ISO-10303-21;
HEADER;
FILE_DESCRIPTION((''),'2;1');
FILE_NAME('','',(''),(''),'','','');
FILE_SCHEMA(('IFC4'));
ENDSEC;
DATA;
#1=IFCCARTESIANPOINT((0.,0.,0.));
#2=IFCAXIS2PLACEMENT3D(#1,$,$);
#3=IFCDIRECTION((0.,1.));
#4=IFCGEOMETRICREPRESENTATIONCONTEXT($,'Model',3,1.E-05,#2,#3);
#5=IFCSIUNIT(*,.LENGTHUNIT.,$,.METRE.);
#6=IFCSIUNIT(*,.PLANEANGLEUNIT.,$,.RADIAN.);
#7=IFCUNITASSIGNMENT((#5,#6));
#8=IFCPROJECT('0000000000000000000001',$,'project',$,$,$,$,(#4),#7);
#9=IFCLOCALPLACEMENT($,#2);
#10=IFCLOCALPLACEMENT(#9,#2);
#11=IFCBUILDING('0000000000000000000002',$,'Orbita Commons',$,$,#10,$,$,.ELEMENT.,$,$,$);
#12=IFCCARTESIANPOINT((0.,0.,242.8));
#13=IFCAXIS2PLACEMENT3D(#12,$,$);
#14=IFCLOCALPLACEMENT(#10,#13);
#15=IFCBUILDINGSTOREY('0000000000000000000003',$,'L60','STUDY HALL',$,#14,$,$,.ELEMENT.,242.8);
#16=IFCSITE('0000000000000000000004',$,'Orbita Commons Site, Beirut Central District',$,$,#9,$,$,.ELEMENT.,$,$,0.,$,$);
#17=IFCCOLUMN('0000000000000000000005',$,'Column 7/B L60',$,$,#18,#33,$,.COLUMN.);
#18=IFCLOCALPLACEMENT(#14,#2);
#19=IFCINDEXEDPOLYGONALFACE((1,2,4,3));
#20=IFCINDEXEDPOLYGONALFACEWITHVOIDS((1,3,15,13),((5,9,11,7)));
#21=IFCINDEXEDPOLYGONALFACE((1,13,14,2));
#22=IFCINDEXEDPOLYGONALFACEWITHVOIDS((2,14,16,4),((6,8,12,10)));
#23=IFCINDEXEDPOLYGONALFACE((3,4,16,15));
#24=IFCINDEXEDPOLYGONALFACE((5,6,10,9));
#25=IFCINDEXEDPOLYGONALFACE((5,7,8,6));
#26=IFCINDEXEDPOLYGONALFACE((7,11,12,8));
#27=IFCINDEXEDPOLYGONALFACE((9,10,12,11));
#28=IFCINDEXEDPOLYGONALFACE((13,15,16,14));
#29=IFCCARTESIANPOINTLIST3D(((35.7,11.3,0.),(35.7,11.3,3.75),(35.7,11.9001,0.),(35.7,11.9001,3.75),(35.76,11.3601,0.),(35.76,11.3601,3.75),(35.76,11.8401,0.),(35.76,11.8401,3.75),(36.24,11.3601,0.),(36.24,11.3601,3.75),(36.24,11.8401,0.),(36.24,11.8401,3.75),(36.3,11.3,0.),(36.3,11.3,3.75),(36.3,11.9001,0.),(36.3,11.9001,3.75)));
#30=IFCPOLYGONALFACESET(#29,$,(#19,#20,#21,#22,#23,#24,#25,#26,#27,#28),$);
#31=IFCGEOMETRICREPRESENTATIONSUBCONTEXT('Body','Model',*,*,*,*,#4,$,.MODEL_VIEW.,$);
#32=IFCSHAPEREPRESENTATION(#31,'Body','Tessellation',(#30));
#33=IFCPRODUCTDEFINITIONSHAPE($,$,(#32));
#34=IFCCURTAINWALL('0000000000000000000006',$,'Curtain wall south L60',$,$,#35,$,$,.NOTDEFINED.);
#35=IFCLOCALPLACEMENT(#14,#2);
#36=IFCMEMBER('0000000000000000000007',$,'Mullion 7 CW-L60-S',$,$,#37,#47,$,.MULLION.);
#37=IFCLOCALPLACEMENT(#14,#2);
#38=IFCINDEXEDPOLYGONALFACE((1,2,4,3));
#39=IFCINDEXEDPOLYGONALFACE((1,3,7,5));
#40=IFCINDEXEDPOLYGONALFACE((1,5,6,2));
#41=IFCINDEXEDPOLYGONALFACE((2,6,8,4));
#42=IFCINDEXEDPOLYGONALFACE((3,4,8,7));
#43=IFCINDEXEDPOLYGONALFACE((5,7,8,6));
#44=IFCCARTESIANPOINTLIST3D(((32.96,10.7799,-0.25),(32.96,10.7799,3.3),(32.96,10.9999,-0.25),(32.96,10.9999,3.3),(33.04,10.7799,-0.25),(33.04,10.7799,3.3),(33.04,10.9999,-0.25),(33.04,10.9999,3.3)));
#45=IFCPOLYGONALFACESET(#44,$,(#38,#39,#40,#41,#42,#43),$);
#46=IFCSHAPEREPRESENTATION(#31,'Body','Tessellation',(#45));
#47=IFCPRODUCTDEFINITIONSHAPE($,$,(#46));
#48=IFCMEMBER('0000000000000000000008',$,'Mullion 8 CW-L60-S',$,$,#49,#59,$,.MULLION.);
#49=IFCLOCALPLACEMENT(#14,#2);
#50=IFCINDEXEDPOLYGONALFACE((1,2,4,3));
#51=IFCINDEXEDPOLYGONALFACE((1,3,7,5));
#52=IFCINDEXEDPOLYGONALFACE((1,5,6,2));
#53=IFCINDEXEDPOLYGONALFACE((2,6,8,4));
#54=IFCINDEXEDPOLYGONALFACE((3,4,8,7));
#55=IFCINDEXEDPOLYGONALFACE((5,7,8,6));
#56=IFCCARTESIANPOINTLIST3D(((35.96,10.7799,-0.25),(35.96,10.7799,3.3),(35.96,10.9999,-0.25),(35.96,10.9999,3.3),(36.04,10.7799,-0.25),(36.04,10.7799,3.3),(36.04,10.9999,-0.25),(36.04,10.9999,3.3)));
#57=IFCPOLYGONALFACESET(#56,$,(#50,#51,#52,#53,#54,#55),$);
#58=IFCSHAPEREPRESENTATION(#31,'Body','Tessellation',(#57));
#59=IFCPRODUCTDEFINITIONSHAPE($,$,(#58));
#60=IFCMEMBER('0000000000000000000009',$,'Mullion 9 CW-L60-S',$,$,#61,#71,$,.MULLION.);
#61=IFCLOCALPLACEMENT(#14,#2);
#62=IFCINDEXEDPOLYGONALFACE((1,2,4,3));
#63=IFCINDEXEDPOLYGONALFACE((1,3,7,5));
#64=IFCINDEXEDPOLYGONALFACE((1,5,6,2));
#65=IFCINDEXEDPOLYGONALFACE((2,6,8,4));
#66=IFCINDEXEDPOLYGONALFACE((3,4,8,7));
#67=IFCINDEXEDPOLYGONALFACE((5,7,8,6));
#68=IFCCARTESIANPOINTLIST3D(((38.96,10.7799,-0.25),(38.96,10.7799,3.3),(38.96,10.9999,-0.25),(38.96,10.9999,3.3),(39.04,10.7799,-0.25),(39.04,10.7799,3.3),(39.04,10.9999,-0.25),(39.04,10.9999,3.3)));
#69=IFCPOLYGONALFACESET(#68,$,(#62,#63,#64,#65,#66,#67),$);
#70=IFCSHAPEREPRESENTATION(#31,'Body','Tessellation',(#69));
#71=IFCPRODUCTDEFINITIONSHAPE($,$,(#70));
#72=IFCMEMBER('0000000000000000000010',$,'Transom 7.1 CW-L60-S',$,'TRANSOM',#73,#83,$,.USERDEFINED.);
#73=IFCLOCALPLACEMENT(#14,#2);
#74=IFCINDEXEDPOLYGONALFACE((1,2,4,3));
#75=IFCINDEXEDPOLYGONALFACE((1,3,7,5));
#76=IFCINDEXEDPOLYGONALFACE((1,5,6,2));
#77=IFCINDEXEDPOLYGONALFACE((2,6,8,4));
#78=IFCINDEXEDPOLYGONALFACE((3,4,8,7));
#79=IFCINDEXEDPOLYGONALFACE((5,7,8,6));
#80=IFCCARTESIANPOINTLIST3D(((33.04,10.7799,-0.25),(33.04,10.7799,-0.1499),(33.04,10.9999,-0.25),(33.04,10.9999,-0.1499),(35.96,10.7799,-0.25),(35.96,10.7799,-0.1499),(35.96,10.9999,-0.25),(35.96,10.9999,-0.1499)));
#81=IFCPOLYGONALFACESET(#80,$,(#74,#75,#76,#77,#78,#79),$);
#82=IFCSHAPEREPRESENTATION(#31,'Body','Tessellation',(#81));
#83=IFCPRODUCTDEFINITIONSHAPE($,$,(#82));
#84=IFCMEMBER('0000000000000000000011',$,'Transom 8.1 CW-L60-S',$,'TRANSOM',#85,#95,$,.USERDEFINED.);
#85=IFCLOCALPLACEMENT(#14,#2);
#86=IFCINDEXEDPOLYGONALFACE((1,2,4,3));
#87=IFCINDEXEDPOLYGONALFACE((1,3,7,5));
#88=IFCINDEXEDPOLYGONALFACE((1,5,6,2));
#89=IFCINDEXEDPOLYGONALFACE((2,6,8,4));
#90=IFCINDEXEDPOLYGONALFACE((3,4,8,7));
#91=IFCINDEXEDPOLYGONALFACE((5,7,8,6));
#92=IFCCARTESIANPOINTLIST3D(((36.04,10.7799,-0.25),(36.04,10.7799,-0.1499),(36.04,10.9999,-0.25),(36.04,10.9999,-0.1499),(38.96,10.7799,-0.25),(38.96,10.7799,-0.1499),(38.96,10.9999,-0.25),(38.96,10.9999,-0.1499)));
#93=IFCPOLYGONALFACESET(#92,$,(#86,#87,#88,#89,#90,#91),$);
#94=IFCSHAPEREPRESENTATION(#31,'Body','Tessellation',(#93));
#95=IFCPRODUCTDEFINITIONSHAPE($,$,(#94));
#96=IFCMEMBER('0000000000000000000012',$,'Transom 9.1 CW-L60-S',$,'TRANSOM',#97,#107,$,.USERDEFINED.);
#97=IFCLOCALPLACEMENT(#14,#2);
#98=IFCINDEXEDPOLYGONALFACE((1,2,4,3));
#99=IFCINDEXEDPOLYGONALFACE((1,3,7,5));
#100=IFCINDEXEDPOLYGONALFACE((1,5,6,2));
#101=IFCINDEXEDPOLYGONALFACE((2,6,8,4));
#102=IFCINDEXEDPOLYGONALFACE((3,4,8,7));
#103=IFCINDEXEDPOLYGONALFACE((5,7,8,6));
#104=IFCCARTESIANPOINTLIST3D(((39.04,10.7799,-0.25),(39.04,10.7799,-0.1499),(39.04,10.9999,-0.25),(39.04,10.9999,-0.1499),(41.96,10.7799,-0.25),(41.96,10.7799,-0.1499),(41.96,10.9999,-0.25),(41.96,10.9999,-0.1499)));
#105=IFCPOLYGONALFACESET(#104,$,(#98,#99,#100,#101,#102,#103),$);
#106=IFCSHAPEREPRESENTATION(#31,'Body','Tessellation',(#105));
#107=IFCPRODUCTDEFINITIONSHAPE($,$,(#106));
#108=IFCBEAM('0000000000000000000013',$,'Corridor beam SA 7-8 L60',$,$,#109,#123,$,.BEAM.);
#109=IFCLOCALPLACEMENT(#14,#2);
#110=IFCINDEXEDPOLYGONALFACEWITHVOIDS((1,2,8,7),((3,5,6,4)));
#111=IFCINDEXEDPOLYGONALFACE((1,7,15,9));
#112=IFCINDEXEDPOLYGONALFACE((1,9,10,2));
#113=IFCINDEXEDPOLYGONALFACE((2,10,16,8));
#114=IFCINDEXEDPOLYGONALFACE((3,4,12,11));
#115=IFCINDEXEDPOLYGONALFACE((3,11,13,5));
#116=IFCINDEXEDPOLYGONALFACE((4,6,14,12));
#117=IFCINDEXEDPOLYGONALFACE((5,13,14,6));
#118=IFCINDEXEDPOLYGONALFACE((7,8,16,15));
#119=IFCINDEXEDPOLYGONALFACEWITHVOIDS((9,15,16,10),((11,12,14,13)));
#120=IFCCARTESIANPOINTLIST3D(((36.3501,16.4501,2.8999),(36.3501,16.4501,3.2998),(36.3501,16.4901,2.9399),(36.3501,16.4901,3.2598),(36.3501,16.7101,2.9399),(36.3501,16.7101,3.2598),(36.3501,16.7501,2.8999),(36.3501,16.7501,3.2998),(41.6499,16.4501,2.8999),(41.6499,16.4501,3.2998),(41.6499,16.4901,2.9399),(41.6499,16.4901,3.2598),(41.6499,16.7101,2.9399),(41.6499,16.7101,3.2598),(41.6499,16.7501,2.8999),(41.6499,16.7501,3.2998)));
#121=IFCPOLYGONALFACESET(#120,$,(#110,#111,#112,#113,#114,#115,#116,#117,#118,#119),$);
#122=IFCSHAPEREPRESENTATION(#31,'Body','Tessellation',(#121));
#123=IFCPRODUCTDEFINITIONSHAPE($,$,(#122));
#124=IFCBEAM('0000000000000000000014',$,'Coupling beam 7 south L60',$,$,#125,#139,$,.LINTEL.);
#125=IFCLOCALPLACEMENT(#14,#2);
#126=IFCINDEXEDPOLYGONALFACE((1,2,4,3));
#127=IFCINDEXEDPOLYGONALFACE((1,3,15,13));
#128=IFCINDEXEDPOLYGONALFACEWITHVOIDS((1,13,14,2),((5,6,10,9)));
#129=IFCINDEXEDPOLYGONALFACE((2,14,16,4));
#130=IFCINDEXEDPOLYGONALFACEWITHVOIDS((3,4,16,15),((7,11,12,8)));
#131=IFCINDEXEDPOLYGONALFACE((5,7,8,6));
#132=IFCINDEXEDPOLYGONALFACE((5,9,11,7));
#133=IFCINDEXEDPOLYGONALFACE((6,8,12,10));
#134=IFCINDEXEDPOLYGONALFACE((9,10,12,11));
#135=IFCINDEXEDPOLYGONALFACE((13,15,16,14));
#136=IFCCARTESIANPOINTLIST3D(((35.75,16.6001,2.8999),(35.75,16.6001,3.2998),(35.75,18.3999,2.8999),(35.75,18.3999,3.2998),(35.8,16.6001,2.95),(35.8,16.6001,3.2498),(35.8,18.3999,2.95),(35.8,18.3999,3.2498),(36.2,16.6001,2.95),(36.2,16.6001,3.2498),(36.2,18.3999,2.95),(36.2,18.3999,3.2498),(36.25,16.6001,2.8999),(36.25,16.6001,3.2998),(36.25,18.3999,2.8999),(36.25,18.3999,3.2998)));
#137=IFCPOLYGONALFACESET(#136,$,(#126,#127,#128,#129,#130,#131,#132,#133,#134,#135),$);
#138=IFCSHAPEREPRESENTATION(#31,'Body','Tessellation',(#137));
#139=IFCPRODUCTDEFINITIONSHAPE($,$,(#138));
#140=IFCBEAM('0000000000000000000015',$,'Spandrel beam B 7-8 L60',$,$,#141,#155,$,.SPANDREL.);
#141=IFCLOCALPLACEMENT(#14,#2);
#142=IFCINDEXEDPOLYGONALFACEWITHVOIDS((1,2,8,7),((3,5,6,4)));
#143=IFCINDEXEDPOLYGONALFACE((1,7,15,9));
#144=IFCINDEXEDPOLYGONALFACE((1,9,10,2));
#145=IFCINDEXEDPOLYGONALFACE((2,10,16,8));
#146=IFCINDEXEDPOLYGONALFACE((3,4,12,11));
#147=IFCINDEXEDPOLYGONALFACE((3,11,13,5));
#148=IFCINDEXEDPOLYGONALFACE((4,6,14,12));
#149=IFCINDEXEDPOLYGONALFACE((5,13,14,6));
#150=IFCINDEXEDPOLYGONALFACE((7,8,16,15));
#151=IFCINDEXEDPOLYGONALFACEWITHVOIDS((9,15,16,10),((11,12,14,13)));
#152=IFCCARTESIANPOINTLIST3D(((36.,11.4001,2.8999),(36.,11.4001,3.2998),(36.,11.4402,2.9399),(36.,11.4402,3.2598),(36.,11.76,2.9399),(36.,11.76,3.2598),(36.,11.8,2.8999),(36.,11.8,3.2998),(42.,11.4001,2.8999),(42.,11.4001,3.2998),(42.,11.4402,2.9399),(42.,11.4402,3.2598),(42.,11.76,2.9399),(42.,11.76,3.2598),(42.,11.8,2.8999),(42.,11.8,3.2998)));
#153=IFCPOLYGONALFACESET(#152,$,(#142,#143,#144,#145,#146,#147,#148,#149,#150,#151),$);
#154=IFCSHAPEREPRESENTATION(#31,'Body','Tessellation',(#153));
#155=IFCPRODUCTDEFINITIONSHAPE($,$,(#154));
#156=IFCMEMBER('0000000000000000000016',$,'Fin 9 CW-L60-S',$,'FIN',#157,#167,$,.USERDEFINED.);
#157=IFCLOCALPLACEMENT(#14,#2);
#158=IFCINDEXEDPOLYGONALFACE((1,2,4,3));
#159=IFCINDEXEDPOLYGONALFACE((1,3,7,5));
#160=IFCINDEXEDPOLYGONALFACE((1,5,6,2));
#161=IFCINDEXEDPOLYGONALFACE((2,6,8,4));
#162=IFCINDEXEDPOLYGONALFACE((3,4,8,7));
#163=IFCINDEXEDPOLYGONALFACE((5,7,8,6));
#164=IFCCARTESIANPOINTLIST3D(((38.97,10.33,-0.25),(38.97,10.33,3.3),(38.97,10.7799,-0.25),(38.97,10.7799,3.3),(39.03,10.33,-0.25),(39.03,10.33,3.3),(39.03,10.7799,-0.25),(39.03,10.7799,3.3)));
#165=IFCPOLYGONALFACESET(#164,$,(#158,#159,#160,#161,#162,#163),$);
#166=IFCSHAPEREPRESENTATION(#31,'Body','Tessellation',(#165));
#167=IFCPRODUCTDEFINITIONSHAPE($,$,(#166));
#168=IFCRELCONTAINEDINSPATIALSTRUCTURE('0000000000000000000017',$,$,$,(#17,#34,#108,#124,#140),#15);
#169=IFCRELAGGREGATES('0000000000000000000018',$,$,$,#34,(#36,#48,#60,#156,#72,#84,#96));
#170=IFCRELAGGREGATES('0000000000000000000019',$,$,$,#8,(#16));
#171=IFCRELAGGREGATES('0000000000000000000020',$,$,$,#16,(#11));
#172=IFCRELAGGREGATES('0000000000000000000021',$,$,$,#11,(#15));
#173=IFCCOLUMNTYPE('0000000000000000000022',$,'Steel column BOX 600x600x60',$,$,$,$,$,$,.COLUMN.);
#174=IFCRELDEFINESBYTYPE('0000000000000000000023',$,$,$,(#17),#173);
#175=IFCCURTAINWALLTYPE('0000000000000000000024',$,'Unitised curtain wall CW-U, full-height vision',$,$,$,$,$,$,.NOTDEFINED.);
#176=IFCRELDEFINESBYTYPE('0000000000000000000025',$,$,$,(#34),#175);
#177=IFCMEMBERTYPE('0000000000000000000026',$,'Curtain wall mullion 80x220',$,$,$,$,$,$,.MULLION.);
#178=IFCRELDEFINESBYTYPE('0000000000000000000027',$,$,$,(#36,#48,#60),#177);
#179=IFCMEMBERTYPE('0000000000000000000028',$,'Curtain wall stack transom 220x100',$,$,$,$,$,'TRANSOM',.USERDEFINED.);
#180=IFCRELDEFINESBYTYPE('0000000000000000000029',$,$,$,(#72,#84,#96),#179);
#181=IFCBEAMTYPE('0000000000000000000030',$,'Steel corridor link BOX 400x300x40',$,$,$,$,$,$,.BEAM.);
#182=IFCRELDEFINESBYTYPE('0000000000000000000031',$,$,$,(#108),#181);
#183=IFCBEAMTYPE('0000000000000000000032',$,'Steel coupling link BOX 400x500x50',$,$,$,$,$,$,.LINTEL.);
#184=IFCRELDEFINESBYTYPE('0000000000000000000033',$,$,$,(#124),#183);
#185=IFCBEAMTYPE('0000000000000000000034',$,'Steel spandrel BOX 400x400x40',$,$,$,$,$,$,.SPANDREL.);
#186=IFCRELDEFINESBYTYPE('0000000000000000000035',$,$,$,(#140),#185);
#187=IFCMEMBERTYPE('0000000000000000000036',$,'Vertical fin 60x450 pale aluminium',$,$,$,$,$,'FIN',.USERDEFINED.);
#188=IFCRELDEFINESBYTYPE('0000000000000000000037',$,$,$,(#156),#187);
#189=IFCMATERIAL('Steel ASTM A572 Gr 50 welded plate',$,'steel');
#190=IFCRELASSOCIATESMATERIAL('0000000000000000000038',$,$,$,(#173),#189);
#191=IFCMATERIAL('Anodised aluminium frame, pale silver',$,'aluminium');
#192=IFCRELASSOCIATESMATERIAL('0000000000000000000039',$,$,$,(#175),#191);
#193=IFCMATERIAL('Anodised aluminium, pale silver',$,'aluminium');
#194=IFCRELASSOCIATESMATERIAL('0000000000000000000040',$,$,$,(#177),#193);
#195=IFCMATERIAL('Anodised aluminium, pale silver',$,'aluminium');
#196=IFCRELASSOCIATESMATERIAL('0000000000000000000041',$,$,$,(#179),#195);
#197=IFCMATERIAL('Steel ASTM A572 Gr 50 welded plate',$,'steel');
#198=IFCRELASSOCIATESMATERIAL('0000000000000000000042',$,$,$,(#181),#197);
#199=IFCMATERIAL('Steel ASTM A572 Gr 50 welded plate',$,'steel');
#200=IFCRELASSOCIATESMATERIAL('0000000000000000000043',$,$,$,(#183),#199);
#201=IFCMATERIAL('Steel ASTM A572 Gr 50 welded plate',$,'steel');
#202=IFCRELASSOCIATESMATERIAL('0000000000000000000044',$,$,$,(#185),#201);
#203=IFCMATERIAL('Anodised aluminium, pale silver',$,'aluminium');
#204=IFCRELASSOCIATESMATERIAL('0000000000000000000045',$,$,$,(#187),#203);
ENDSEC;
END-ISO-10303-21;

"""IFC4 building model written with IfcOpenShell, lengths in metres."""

from ifc_helpers import new_model, si_unit, direction, frame, origin, origin_2d, place, context, subcontext, project, spatial, rectangle, hollow_rectangle, extrude, material, material_profile, profile_set, type_object, element, aggregate, save


model = new_model("IFC4")

# Units and contexts
model_context = context("Model", 3, precision=1e-05, world=origin(), true_north=direction((0.0, 1.0)))
body_context = subcontext(model_context, "Body", "Model", "MODEL_VIEW")
ifc_project = project(units=[si_unit("LENGTHUNIT", "METRE"), si_unit("PLANEANGLEUNIT", "RADIAN")], contexts=[model_context])

# Site, building, storey
site_placement = place(None, origin())
site = spatial("IfcSite", under=ifc_project, at=site_placement, Name="Orbita Commons Site, Beirut Central District", CompositionType="ELEMENT", RefElevation=0.0)
building_placement = place(site_placement, origin())
building = spatial("IfcBuilding", under=site, at=building_placement, Name="Orbita Commons", CompositionType="ELEMENT")
storey_placement = place(building_placement, frame((0.0, 0.0, 242.8)))
storey = spatial("IfcBuildingStorey", under=building, at=storey_placement, Name="L60", Description="STUDY HALL", CompositionType="ELEMENT", Elevation=242.8)

# Column
ifc_material_1 = material(Name="Steel ASTM A572 Gr 50 welded plate", Category="steel")
ifc_material_profile_1 = material_profile(ifc_material_1, hollow_rectangle(XDim=0.6001, YDim=0.6001, WallThickness=0.0601, at=origin_2d()), Name="BOX 600x600x60")
ifc_profile_set_1 = profile_set([ifc_material_profile_1], Name="Steel ASTM A572 Gr 50 welded plate")
column_type = type_object("IfcColumnType", Name="Steel column BOX 600x600x60", PredefinedType="COLUMN", material=ifc_profile_set_1)
column_placement = place(storey_placement, frame((36.0, 11.6001, 0.0), z_axis=(0.0, 0.0, 1.0), x_axis=(1.0, 0.0, 0.0)))
element("IfcColumn", 1, at=column_placement, inside=storey, type_object=column_type, Name="Column 7/B L60", PredefinedType="COLUMN", context=body_context, shape_type="SweptSolid", body=[
    extrude(hollow_rectangle(XDim=0.6001, YDim=0.6001, WallThickness=0.0601, at=origin_2d()), origin(), (0.0, 0.0, 1.0), 3.75),
])

# Curtain wall, members
ifc_material_2 = material(Name="Anodised aluminium frame, pale silver", Category="aluminium")
curtain_wall_type = type_object("IfcCurtainWallType", Name="Unitised curtain wall CW-U, full-height vision", PredefinedType="NOTDEFINED", material=ifc_material_2)
curtain_wall_placement = place(storey_placement, origin())
curtain_wall = element("IfcCurtainWall", 2, at=curtain_wall_placement, inside=storey, type_object=curtain_wall_type, Name="Curtain wall south L60", PredefinedType="NOTDEFINED")
ifc_material_3 = material(Name="Anodised aluminium, pale silver", Category="aluminium")
ifc_material_profile_2 = material_profile(ifc_material_3, rectangle(XDim=0.0801, YDim=0.22, at=origin_2d()), Name="AL 80x220")
ifc_profile_set_2 = profile_set([ifc_material_profile_2], Name="Anodised aluminium, pale silver")
member_type_1 = type_object("IfcMemberType", Name="Curtain wall mullion 80x220", PredefinedType="MULLION", material=ifc_profile_set_2)
member_1_placement = place(storey_placement, frame((33.0, 10.8899, -0.25), z_axis=(0.0, 0.0, 1.0), x_axis=(1.0, 0.0, 0.0)))
member_1 = element("IfcMember", 3, at=member_1_placement, type_object=member_type_1, Name="Mullion 7 CW-L60-S", PredefinedType="MULLION", context=body_context, shape_type="SweptSolid", body=[
    extrude(rectangle(XDim=0.0801, YDim=0.22, at=origin_2d()), origin(), (0.0, 0.0, 1.0), 3.55),
])
member_2_placement = place(storey_placement, frame((36.0, 10.8899, -0.25), z_axis=(0.0, 0.0, 1.0), x_axis=(1.0, 0.0, 0.0)))
member_2 = element("IfcMember", 4, at=member_2_placement, type_object=member_type_1, Name="Mullion 8 CW-L60-S", PredefinedType="MULLION", context=body_context, shape_type="SweptSolid", body=[
    extrude(rectangle(XDim=0.0801, YDim=0.22, at=origin_2d()), origin(), (0.0, 0.0, 1.0), 3.55),
])
member_3_placement = place(storey_placement, frame((39.0, 10.8899, -0.25), z_axis=(0.0, 0.0, 1.0), x_axis=(1.0, 0.0, 0.0)))
member_3 = element("IfcMember", 5, at=member_3_placement, type_object=member_type_1, Name="Mullion 9 CW-L60-S", PredefinedType="MULLION", context=body_context, shape_type="SweptSolid", body=[
    extrude(rectangle(XDim=0.0801, YDim=0.22, at=origin_2d()), origin(), (0.0, 0.0, 1.0), 3.55),
])
ifc_material_4 = material(Name="Anodised aluminium, pale silver", Category="aluminium")
ifc_material_profile_3 = material_profile(ifc_material_4, rectangle(XDim=0.22, YDim=0.1001, at=origin_2d()), Name="AL 220x100")
ifc_profile_set_3 = profile_set([ifc_material_profile_3], Name="Anodised aluminium, pale silver")
member_type_2 = type_object("IfcMemberType", Name="Curtain wall stack transom 220x100", ElementType="TRANSOM", PredefinedType="USERDEFINED", material=ifc_profile_set_3)
member_4_placement = place(storey_placement, frame((33.04, 10.8899, -0.2), z_axis=(1.0, 0.0, 0.0), x_axis=(0.0, 1.0, 0.0)))
member_4 = element("IfcMember", 6, at=member_4_placement, type_object=member_type_2, Name="Transom 7.1 CW-L60-S", ObjectType="TRANSOM", PredefinedType="USERDEFINED", context=body_context, shape_type="SweptSolid", body=[
    extrude(rectangle(XDim=0.22, YDim=0.1001, at=origin_2d()), origin(), (0.0, 0.0, 1.0), 2.9199),
])
member_5_placement = place(storey_placement, frame((36.04, 10.8899, -0.2), z_axis=(1.0, 0.0, 0.0), x_axis=(0.0, 1.0, 0.0)))
member_5 = element("IfcMember", 7, at=member_5_placement, type_object=member_type_2, Name="Transom 8.1 CW-L60-S", ObjectType="TRANSOM", PredefinedType="USERDEFINED", context=body_context, shape_type="SweptSolid", body=[
    extrude(rectangle(XDim=0.22, YDim=0.1001, at=origin_2d()), origin(), (0.0, 0.0, 1.0), 2.9199),
])
member_6_placement = place(storey_placement, frame((39.04, 10.8899, -0.2), z_axis=(1.0, 0.0, 0.0), x_axis=(0.0, 1.0, 0.0)))
member_6 = element("IfcMember", 8, at=member_6_placement, type_object=member_type_2, Name="Transom 9.1 CW-L60-S", ObjectType="TRANSOM", PredefinedType="USERDEFINED", context=body_context, shape_type="SweptSolid", body=[
    extrude(rectangle(XDim=0.22, YDim=0.1001, at=origin_2d()), origin(), (0.0, 0.0, 1.0), 2.9199),
])

# Beams
ifc_material_5 = material(Name="Steel ASTM A572 Gr 50 welded plate", Category="steel")
ifc_material_profile_4 = material_profile(ifc_material_5, hollow_rectangle(XDim=0.3, YDim=0.3999, WallThickness=0.04, at=origin_2d()), Name="BOX 400x300x40")
ifc_profile_set_4 = profile_set([ifc_material_profile_4], Name="Steel ASTM A572 Gr 50 welded plate")
beam_type_1 = type_object("IfcBeamType", Name="Steel corridor link BOX 400x300x40", PredefinedType="BEAM", material=ifc_profile_set_4)
beam_1_placement = place(storey_placement, frame((36.3501, 16.6001, 3.0999), z_axis=(1.0, 0.0, 0.0), x_axis=(0.0, 1.0, 0.0)))
element("IfcBeam", 9, at=beam_1_placement, inside=storey, type_object=beam_type_1, Name="Corridor beam SA 7-8 L60", PredefinedType="BEAM", context=body_context, shape_type="SweptSolid", body=[
    extrude(hollow_rectangle(XDim=0.3, YDim=0.3999, WallThickness=0.04, at=origin_2d()), origin(), (0.0, 0.0, 1.0), 5.2998),
])
ifc_material_6 = material(Name="Steel ASTM A572 Gr 50 welded plate", Category="steel")
ifc_material_profile_5 = material_profile(ifc_material_6, hollow_rectangle(XDim=0.5, YDim=0.3999, WallThickness=0.05, at=origin_2d()), Name="BOX 400x500x50")
ifc_profile_set_5 = profile_set([ifc_material_profile_5], Name="Steel ASTM A572 Gr 50 welded plate")
beam_type_2 = type_object("IfcBeamType", Name="Steel coupling link BOX 400x500x50", PredefinedType="LINTEL", material=ifc_profile_set_5)
beam_2_placement = place(storey_placement, frame((36.0, 16.6001, 3.0999), z_axis=(0.0, 1.0, 0.0), x_axis=(-1.0, 0.0, 0.0)))
element("IfcBeam", 10, at=beam_2_placement, inside=storey, type_object=beam_type_2, Name="Coupling beam 7 south L60", PredefinedType="LINTEL", context=body_context, shape_type="SweptSolid", body=[
    extrude(hollow_rectangle(XDim=0.5, YDim=0.3999, WallThickness=0.05, at=origin_2d()), origin(), (0.0, 0.0, 1.0), 1.7998),
])
ifc_material_7 = material(Name="Steel ASTM A572 Gr 50 welded plate", Category="steel")
ifc_material_profile_6 = material_profile(ifc_material_7, hollow_rectangle(XDim=0.3999, YDim=0.3999, WallThickness=0.04, at=origin_2d()), Name="BOX 400x400x40")
ifc_profile_set_6 = profile_set([ifc_material_profile_6], Name="Steel ASTM A572 Gr 50 welded plate")
beam_type_3 = type_object("IfcBeamType", Name="Steel spandrel BOX 400x400x40", PredefinedType="SPANDREL", material=ifc_profile_set_6)
beam_3_placement = place(storey_placement, frame((36.0, 11.6001, 3.0999), z_axis=(1.0, 0.0, 0.0), x_axis=(0.0, 1.0, 0.0)))
element("IfcBeam", 11, at=beam_3_placement, inside=storey, type_object=beam_type_3, Name="Spandrel beam B 7-8 L60", PredefinedType="SPANDREL", context=body_context, shape_type="SweptSolid", body=[
    extrude(hollow_rectangle(XDim=0.3999, YDim=0.3999, WallThickness=0.04, at=origin_2d()), origin(), (0.0, 0.0, 1.0), 6.0),
])

# Member
ifc_material_8 = material(Name="Anodised aluminium, pale silver", Category="aluminium")
ifc_material_profile_7 = material_profile(ifc_material_8, rectangle(XDim=0.0601, YDim=0.45, at=origin_2d()), Name="FIN 60x450")
ifc_profile_set_7 = profile_set([ifc_material_profile_7], Name="Anodised aluminium, pale silver")
member_type_3 = type_object("IfcMemberType", Name="Vertical fin 60x450 pale aluminium", ElementType="FIN", PredefinedType="USERDEFINED", material=ifc_profile_set_7)
member_7_placement = place(storey_placement, frame((39.0, 10.5549, -0.25), z_axis=(0.0, 0.0, 1.0), x_axis=(1.0, 0.0, 0.0)))
member_7 = element("IfcMember", 12, at=member_7_placement, type_object=member_type_3, Name="Fin 9 CW-L60-S", ObjectType="FIN", PredefinedType="USERDEFINED", context=body_context, shape_type="SweptSolid", body=[
    extrude(rectangle(XDim=0.0601, YDim=0.45, at=origin_2d()), origin(), (0.0, 0.0, 1.0), 3.55),
])

aggregate(curtain_wall, [member_1, member_2, member_3, member_7, member_4, member_5, member_6])

save(model, "model.ifc")
